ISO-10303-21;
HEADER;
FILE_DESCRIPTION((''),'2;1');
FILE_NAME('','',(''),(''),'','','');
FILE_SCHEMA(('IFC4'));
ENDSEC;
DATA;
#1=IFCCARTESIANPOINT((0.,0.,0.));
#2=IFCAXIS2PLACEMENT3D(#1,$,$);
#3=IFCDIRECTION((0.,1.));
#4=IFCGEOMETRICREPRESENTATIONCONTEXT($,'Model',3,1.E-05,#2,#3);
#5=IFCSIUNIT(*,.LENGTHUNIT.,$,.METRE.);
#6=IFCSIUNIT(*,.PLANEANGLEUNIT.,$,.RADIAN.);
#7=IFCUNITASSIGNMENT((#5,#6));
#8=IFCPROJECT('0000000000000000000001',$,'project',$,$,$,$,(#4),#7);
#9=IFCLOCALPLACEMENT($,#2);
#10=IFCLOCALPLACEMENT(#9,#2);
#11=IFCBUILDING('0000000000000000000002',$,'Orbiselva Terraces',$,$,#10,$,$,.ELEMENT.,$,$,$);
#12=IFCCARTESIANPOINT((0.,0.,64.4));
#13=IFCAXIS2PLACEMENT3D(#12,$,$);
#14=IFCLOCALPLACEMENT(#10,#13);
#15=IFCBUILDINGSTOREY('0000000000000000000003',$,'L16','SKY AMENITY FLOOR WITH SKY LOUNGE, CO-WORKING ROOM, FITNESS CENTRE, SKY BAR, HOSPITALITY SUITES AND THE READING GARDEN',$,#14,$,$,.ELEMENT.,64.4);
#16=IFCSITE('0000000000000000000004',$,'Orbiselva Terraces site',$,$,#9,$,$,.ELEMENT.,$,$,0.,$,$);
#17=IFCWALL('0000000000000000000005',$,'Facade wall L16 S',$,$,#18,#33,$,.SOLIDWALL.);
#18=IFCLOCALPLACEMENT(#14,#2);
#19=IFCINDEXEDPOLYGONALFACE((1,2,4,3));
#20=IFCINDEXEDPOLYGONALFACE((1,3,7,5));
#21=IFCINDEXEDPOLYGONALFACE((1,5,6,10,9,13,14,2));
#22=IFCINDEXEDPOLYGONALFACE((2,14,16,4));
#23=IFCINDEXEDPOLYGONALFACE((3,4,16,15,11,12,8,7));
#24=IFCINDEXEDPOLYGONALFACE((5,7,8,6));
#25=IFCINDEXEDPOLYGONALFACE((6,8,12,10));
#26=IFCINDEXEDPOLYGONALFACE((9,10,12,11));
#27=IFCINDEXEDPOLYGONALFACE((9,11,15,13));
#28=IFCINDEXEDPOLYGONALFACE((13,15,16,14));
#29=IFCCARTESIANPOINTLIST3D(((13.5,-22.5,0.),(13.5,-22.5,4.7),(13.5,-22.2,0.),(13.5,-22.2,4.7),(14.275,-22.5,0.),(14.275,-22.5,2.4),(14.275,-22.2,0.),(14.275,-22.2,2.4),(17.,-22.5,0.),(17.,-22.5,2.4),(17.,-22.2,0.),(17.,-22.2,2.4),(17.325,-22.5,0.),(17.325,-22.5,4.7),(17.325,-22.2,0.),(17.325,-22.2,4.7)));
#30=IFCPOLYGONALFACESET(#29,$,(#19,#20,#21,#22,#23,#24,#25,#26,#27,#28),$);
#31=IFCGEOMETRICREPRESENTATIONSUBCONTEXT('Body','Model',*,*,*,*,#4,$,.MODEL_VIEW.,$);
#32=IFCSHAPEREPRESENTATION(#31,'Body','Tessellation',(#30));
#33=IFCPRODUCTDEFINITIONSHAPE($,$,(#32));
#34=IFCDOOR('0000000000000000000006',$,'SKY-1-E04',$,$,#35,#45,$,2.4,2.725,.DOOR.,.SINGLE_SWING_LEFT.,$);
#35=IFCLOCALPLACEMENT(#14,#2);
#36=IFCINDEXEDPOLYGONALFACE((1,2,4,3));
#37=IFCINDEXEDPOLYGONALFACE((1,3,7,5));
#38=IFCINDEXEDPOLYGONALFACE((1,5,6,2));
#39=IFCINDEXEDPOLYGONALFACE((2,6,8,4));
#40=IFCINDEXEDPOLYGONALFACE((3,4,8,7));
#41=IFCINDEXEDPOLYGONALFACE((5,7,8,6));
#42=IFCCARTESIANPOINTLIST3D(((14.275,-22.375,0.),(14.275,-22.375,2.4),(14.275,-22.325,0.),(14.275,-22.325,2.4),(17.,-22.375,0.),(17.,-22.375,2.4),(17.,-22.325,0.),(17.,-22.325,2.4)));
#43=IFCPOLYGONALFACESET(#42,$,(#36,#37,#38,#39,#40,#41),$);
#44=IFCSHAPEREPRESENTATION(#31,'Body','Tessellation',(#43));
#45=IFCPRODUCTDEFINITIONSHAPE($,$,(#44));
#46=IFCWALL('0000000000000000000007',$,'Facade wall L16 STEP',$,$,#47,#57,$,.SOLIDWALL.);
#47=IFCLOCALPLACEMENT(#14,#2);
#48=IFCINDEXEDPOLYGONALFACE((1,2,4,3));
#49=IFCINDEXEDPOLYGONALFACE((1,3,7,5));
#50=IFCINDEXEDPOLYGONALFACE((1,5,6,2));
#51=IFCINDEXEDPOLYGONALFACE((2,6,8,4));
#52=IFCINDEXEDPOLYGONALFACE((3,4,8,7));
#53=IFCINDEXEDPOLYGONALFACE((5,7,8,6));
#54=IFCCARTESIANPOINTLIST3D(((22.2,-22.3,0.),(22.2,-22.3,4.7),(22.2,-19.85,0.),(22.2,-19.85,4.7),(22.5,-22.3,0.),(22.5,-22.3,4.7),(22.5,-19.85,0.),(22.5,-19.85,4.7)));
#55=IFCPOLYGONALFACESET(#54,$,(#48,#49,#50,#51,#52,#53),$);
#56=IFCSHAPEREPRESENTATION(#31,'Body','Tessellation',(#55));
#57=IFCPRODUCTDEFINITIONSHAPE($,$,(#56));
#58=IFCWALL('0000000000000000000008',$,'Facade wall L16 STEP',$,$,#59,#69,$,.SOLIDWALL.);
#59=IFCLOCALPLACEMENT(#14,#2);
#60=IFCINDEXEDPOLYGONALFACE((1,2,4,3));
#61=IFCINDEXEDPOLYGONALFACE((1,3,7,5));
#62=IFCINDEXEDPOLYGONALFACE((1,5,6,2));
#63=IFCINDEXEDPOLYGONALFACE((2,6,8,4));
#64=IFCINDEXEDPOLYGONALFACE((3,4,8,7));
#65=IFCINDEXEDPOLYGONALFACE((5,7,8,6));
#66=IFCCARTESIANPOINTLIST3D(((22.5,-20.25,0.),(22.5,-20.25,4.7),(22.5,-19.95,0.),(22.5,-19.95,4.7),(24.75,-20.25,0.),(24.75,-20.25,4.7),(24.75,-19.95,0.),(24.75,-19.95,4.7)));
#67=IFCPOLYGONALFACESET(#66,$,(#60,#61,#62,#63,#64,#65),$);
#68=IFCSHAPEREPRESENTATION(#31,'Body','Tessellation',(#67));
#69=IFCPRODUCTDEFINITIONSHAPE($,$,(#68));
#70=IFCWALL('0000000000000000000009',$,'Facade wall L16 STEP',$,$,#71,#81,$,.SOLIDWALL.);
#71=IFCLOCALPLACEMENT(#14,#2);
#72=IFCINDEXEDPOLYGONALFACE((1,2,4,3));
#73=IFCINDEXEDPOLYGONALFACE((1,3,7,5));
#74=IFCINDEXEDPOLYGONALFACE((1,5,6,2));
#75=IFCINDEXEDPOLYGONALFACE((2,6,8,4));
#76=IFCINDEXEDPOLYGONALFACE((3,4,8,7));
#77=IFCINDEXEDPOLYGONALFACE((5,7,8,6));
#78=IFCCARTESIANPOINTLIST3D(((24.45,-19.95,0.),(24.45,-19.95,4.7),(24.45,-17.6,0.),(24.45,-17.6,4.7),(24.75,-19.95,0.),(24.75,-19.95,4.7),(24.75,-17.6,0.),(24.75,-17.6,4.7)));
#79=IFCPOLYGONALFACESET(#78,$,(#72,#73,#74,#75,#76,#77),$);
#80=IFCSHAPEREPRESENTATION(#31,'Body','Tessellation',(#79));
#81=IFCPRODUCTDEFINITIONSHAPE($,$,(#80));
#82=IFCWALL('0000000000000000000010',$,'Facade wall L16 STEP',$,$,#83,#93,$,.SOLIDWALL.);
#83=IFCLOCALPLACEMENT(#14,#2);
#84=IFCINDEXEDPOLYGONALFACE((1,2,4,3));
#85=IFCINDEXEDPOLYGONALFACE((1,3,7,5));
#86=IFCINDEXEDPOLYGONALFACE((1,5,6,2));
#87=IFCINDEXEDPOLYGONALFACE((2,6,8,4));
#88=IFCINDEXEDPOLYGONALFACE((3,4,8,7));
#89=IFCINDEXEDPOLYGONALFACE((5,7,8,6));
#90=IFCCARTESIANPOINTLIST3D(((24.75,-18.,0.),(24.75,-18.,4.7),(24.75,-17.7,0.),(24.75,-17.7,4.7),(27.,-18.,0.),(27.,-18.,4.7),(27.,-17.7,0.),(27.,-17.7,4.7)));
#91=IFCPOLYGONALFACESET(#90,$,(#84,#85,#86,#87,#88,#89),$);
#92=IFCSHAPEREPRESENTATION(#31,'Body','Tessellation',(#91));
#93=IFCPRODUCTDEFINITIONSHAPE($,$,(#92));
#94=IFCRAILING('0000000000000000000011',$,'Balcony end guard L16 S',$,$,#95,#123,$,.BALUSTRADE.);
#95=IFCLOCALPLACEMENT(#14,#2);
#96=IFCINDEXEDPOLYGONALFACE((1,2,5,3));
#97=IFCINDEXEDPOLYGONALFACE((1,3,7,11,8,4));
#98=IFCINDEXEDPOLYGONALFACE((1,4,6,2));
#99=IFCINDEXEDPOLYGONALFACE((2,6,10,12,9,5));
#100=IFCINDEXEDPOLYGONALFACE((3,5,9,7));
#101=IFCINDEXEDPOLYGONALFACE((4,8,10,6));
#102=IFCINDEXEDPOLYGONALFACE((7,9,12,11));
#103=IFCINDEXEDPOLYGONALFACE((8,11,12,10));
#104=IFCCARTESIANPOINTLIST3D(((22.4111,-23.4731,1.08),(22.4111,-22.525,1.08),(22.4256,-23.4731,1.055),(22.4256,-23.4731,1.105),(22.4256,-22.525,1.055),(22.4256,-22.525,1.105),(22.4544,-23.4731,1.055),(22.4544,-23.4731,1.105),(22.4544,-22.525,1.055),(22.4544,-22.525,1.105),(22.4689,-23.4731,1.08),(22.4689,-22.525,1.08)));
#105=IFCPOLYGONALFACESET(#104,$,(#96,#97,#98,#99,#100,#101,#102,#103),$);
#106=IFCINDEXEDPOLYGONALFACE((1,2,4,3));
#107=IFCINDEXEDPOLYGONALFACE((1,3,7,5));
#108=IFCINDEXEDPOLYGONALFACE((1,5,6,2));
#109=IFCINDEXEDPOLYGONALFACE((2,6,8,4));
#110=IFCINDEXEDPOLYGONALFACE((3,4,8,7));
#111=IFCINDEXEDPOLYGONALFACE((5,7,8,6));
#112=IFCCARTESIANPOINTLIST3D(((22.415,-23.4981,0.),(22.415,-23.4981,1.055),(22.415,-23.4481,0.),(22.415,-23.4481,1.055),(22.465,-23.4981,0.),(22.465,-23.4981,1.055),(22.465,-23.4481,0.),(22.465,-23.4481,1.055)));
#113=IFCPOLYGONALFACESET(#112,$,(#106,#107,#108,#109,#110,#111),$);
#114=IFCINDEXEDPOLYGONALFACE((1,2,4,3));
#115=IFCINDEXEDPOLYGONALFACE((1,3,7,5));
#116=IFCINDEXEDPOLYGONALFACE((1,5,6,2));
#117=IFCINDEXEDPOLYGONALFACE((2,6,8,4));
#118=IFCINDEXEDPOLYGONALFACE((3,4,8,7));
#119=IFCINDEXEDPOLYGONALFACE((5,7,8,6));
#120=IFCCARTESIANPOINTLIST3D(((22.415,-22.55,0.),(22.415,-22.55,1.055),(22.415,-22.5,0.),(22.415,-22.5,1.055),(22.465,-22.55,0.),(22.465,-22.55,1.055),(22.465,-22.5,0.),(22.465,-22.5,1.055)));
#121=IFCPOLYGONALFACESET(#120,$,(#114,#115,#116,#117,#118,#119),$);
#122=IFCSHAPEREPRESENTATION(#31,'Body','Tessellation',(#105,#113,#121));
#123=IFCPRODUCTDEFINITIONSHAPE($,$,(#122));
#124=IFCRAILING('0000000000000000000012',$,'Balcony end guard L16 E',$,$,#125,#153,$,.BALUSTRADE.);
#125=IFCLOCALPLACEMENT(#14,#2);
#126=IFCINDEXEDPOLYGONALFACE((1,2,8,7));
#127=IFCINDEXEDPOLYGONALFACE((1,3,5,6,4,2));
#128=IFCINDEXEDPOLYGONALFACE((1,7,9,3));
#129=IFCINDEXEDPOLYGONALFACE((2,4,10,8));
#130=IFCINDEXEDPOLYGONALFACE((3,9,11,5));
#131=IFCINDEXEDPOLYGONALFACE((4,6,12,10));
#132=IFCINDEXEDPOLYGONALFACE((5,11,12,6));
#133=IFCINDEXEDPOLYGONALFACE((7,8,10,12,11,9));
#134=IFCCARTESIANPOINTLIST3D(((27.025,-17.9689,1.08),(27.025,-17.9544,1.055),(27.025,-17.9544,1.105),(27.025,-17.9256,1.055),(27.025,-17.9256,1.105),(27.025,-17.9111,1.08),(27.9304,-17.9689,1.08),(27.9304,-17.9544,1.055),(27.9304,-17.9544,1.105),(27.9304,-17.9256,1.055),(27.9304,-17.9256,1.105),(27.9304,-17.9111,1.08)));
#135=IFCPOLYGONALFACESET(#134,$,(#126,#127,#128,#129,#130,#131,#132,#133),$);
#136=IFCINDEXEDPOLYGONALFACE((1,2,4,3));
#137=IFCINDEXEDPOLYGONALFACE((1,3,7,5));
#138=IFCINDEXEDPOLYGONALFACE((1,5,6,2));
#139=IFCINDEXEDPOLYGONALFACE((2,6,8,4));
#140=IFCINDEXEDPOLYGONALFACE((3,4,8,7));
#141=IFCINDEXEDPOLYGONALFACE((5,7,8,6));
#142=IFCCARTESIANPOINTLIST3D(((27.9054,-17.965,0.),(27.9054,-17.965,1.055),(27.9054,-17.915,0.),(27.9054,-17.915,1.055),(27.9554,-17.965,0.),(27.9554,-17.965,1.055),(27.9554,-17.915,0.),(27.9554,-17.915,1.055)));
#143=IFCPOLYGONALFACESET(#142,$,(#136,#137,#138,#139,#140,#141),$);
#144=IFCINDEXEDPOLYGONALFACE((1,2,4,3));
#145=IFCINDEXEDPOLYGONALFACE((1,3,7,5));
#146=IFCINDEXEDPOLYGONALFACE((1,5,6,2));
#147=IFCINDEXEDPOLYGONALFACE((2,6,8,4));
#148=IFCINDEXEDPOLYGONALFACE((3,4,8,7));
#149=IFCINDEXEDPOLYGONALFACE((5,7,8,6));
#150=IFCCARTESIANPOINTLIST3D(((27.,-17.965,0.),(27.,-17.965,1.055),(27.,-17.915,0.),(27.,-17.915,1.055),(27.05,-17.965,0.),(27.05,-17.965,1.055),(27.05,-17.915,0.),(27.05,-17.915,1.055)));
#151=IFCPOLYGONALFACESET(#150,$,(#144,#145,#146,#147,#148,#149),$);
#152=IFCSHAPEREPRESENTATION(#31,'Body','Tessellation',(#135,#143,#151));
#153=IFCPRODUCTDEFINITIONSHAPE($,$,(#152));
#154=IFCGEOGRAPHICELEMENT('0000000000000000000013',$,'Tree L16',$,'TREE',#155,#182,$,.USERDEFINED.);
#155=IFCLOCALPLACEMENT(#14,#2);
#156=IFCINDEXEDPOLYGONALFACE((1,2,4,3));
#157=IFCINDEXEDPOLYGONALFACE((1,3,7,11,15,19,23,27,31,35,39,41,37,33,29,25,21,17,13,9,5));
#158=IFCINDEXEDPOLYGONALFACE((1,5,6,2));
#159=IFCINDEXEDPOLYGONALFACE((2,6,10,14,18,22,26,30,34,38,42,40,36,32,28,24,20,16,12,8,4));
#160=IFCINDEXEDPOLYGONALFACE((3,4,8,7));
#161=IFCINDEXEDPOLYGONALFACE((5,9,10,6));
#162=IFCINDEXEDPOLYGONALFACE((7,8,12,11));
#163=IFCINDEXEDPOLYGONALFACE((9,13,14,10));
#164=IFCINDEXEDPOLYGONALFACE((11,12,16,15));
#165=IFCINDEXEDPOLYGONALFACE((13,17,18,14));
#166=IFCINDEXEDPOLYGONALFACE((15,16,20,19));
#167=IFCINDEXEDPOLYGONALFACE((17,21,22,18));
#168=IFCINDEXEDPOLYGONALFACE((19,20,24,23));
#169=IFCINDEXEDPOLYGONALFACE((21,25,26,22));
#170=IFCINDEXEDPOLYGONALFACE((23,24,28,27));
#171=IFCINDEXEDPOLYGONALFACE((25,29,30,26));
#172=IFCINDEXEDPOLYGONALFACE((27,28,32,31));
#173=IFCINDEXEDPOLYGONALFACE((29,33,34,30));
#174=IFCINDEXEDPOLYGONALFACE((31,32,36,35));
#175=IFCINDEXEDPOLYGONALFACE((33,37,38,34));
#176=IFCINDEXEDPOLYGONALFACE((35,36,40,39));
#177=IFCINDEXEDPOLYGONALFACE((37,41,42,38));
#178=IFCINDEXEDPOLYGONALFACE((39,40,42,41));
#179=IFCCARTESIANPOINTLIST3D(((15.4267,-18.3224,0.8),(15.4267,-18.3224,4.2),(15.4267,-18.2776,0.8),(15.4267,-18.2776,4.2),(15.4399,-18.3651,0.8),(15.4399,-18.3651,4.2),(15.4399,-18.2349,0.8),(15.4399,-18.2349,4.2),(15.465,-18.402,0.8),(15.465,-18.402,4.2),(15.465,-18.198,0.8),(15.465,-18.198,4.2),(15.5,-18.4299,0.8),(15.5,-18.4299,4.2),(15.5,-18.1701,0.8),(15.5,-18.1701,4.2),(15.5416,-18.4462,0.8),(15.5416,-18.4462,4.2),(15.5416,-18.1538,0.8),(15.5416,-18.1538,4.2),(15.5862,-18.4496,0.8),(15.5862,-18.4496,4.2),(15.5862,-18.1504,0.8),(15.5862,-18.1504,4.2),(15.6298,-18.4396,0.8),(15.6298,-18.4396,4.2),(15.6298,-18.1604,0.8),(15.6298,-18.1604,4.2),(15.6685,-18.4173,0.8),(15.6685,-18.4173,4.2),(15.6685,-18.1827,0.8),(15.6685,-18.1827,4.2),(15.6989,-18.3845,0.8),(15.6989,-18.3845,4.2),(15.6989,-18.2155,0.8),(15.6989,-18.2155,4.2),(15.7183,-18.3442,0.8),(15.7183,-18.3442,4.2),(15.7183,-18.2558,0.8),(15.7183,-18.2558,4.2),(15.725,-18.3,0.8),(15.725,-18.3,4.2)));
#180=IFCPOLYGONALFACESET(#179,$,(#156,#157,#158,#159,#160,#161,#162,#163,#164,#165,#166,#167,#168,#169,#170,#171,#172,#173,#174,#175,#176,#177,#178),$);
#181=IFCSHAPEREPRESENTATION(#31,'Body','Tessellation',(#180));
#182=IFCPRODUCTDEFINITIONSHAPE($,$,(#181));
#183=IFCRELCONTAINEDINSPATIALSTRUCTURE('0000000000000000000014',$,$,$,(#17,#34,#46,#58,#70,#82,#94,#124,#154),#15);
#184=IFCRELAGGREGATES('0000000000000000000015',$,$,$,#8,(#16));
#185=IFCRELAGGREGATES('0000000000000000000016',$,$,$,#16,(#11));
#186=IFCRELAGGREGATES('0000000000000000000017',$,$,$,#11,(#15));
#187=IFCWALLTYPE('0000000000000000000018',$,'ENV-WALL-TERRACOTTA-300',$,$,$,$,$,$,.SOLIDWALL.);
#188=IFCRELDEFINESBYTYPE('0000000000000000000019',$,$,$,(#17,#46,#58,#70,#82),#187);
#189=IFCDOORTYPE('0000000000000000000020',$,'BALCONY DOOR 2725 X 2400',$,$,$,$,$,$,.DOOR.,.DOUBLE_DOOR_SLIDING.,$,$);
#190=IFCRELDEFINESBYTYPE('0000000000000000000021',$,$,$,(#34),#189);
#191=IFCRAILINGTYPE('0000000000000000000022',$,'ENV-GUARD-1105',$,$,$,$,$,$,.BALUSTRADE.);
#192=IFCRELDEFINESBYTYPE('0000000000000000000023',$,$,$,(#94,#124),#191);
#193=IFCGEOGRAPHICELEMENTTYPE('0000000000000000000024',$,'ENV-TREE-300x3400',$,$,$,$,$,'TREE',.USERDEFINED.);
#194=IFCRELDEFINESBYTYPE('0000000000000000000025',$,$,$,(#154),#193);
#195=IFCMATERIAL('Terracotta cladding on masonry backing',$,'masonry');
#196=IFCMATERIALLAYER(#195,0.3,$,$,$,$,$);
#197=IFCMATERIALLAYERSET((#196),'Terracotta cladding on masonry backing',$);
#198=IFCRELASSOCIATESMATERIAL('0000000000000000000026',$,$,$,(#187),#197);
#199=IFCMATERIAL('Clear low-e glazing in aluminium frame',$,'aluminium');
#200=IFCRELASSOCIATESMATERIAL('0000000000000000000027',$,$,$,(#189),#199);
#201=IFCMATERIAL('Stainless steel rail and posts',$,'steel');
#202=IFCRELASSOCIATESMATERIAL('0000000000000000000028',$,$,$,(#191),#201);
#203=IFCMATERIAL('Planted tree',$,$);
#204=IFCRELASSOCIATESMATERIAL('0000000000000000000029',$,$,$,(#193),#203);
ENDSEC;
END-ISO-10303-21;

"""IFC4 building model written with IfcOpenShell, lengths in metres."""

from ifc_helpers import new_model, si_unit, direction, frame, frame_2d, origin, origin_2d, place, context, subcontext, project, spatial, polyline, rectangle, circle, outline, extrude, material, layer, layer_set, type_object, element, fill, save


model = new_model("IFC4")

# Units and contexts
model_context = context("Model", 3, precision=1e-05, world=origin(), true_north=direction((0.0, 1.0)))
body_context = subcontext(model_context, "Body", "Model", "MODEL_VIEW")
ifc_project = project(units=[si_unit("LENGTHUNIT", "METRE"), si_unit("PLANEANGLEUNIT", "RADIAN")], contexts=[model_context])

# Site, building, storey
site_placement = place(None, origin())
site = spatial("IfcSite", under=ifc_project, at=site_placement, Name="Orbiselva Terraces site", CompositionType="ELEMENT", RefElevation=0.0)
building_placement = place(site_placement, origin())
building = spatial("IfcBuilding", under=site, at=building_placement, Name="Orbiselva Terraces", CompositionType="ELEMENT")
storey_placement = place(building_placement, frame((0.0, 0.0, 64.4)))
storey = spatial("IfcBuildingStorey", under=building, at=storey_placement, Name="L16", Description="SKY AMENITY FLOOR WITH SKY LOUNGE, CO-WORKING ROOM, FITNESS CENTRE, SKY BAR, HOSPITALITY SUITES AND THE READING GARDEN", CompositionType="ELEMENT", Elevation=64.4)

# Shared definitions
ifc_material_1 = material(Name="Clear low-e glazing in aluminium frame", Category="aluminium")

# Wall, opening, door
ifc_material_2 = material(Name="Terracotta cladding on masonry backing", Category="masonry")
ifc_layer_1 = layer(ifc_material_2, 0.3)
ifc_layer_set_1 = layer_set([ifc_layer_1], Name="Terracotta cladding on masonry backing")
wall_type = type_object("IfcWallType", Name="ENV-WALL-TERRACOTTA-300", PredefinedType="SOLIDWALL", material=ifc_layer_set_1)
wall_1_placement = place(storey_placement, frame((17.325, -22.35, 0.0), z_axis=(0.0, 0.0, 1.0), x_axis=(-1.0, 0.0, 0.0)))
wall_1 = element("IfcWall", 1, at=wall_1_placement, inside=storey, type_object=wall_type, Name="Facade wall L16 S", PredefinedType="SOLIDWALL", context=body_context, shape_type="SweptSolid", body=[
    extrude(rectangle(XDim=3.825, YDim=0.3, at=frame_2d((1.9125, 0.0))), origin(), (0.0, 0.0, 1.0), 4.7),
])
opening_placement = place(wall_1_placement, frame((0.325, 0.0, 0.0)))
opening = element("IfcOpeningElement", 2, at=opening_placement, cuts=wall_1, PredefinedType="OPENING", context=body_context, shape_type="SweptSolid", body=[
    extrude(rectangle(XDim=2.725, YDim=2.4, at=frame_2d((1.3625, 1.2))), frame((0.0, 0.16, 0.0), z_axis=(0.0, -1.0, 0.0), x_axis=(1.0, 0.0, 0.0)), (0.0, 0.0, 1.0), 0.32),
])
door_type = type_object("IfcDoorType", Name="BALCONY DOOR 2725 X 2400", OperationType="DOUBLE_DOOR_SLIDING", PredefinedType="DOOR", material=ifc_material_1)
door_placement = place(opening_placement, origin())
door = element("IfcDoor", 3, at=door_placement, inside=storey, type_object=door_type, Name="SKY-1-E04", OperationType="SINGLE_SWING_LEFT", OverallHeight=2.4, OverallWidth=2.725, PredefinedType="DOOR", context=body_context, shape_type="SweptSolid", body=[
    extrude(rectangle(XDim=2.725, YDim=2.4, at=frame_2d((1.3625, 1.2))), frame((0.0, 0.025, 0.0), z_axis=(0.0, -1.0, 0.0), x_axis=(1.0, 0.0, 0.0)), (0.0, 0.0, 1.0), 0.05),
])
fill(opening, door)

# Walls
wall_2_placement = place(storey_placement, frame((22.35, -19.85, 0.0), z_axis=(0.0, 0.0, 1.0), x_axis=(0.0, -1.0, 0.0)))
element("IfcWall", 4, at=wall_2_placement, inside=storey, type_object=wall_type, Name="Facade wall L16 STEP", PredefinedType="SOLIDWALL", context=body_context, shape_type="SweptSolid", body=[
    extrude(rectangle(XDim=2.45, YDim=0.3, at=frame_2d((1.225, 0.0))), origin(), (0.0, 0.0, 1.0), 4.7),
])
wall_3_placement = place(storey_placement, frame((24.75, -20.1, 0.0), z_axis=(0.0, 0.0, 1.0), x_axis=(-1.0, 0.0, 0.0)))
element("IfcWall", 5, at=wall_3_placement, inside=storey, type_object=wall_type, Name="Facade wall L16 STEP", PredefinedType="SOLIDWALL", context=body_context, shape_type="SweptSolid", body=[
    extrude(rectangle(XDim=2.25, YDim=0.3, at=frame_2d((1.125, 0.0))), origin(), (0.0, 0.0, 1.0), 4.7),
])
wall_4_placement = place(storey_placement, frame((24.6, -17.6, 0.0), z_axis=(0.0, 0.0, 1.0), x_axis=(0.0, -1.0, 0.0)))
element("IfcWall", 6, at=wall_4_placement, inside=storey, type_object=wall_type, Name="Facade wall L16 STEP", PredefinedType="SOLIDWALL", context=body_context, shape_type="SweptSolid", body=[
    extrude(rectangle(XDim=2.35, YDim=0.3, at=frame_2d((1.175, 0.0))), origin(), (0.0, 0.0, 1.0), 4.7),
])
wall_5_placement = place(storey_placement, frame((27.0, -17.85, 0.0), z_axis=(0.0, 0.0, 1.0), x_axis=(-1.0, 0.0, 0.0)))
element("IfcWall", 7, at=wall_5_placement, inside=storey, type_object=wall_type, Name="Facade wall L16 STEP", PredefinedType="SOLIDWALL", context=body_context, shape_type="SweptSolid", body=[
    extrude(rectangle(XDim=2.25, YDim=0.3, at=frame_2d((1.125, 0.0))), origin(), (0.0, 0.0, 1.0), 4.7),
])

# Railings
ifc_material_3 = material(Name="Stainless steel rail and posts", Category="steel")
railing_type_1 = type_object("IfcRailingType", Name="ENV-GUARD-1105", PredefinedType="BALUSTRADE", material=ifc_material_3)
railing_1_placement = place(storey_placement, frame((22.44, -23.4731, 0.0)))
element("IfcRailing", 8, at=railing_1_placement, inside=storey, type_object=railing_type_1, Name="Balcony end guard L16 S", PredefinedType="BALUSTRADE", context=body_context, shape_type="SweptSolid", body=[
    extrude(outline(polyline([(0.0289, 0.0), (0.0144, 0.025), (-0.0144, 0.025), (-0.0289, 0.0), (-0.0144, -0.025), (0.0144, -0.025), (0.0289, 0.0)])), frame((0.0, 0.0, 1.08), z_axis=(0.0, 1.0, 0.0), x_axis=(-1.0, 0.0, 0.0)), (0.0, 0.0, 1.0), 0.9481),
    extrude(rectangle(XDim=0.05, YDim=0.05, at=origin_2d()), origin(), (0.0, 0.0, 1.0), 1.055),
    extrude(rectangle(XDim=0.05, YDim=0.05, at=origin_2d()), frame((0.0, 0.9481, 0.0)), (0.0, 0.0, 1.0), 1.055),
])
railing_2_placement = place(storey_placement, frame((27.9304, -17.94, 0.0)))
element("IfcRailing", 9, at=railing_2_placement, inside=storey, type_object=railing_type_1, Name="Balcony end guard L16 E", PredefinedType="BALUSTRADE", context=body_context, shape_type="SweptSolid", body=[
    extrude(outline(polyline([(0.0289, 0.0), (0.0144, 0.025), (-0.0144, 0.025), (-0.0289, 0.0), (-0.0144, -0.025), (0.0144, -0.025), (0.0289, 0.0)])), frame((0.0, 0.0, 1.08), z_axis=(-1.0, 0.0, 0.0), x_axis=(0.0, -1.0, 0.0)), (0.0, 0.0, 1.0), 0.9054),
    extrude(rectangle(XDim=0.05, YDim=0.05, at=origin_2d()), origin(), (0.0, 0.0, 1.0), 1.055),
    extrude(rectangle(XDim=0.05, YDim=0.05, at=origin_2d()), frame((-0.9054, 0.0, 0.0)), (0.0, 0.0, 1.0), 1.055),
])

# Geographic element
ifc_material_4 = material(Name="Planted tree")
geographic_element_type = type_object("IfcGeographicElementType", Name="ENV-TREE-300x3400", ElementType="TREE", PredefinedType="USERDEFINED", material=ifc_material_4)
geographic_element_placement = place(storey_placement, frame((15.575, -18.3, 4.2), z_axis=(0.0, 0.0, -1.0), x_axis=(1.0, 0.0, 0.0)))
element("IfcGeographicElement", 10, at=geographic_element_placement, inside=storey, type_object=geographic_element_type, Name="Tree L16", ObjectType="TREE", PredefinedType="USERDEFINED", context=body_context, shape_type="SweptSolid", body=[
    extrude(circle(Radius=0.15, at=origin_2d()), origin(), (0.0, 0.0, 1.0), 3.4),
])

save(model, "model.ifc")
